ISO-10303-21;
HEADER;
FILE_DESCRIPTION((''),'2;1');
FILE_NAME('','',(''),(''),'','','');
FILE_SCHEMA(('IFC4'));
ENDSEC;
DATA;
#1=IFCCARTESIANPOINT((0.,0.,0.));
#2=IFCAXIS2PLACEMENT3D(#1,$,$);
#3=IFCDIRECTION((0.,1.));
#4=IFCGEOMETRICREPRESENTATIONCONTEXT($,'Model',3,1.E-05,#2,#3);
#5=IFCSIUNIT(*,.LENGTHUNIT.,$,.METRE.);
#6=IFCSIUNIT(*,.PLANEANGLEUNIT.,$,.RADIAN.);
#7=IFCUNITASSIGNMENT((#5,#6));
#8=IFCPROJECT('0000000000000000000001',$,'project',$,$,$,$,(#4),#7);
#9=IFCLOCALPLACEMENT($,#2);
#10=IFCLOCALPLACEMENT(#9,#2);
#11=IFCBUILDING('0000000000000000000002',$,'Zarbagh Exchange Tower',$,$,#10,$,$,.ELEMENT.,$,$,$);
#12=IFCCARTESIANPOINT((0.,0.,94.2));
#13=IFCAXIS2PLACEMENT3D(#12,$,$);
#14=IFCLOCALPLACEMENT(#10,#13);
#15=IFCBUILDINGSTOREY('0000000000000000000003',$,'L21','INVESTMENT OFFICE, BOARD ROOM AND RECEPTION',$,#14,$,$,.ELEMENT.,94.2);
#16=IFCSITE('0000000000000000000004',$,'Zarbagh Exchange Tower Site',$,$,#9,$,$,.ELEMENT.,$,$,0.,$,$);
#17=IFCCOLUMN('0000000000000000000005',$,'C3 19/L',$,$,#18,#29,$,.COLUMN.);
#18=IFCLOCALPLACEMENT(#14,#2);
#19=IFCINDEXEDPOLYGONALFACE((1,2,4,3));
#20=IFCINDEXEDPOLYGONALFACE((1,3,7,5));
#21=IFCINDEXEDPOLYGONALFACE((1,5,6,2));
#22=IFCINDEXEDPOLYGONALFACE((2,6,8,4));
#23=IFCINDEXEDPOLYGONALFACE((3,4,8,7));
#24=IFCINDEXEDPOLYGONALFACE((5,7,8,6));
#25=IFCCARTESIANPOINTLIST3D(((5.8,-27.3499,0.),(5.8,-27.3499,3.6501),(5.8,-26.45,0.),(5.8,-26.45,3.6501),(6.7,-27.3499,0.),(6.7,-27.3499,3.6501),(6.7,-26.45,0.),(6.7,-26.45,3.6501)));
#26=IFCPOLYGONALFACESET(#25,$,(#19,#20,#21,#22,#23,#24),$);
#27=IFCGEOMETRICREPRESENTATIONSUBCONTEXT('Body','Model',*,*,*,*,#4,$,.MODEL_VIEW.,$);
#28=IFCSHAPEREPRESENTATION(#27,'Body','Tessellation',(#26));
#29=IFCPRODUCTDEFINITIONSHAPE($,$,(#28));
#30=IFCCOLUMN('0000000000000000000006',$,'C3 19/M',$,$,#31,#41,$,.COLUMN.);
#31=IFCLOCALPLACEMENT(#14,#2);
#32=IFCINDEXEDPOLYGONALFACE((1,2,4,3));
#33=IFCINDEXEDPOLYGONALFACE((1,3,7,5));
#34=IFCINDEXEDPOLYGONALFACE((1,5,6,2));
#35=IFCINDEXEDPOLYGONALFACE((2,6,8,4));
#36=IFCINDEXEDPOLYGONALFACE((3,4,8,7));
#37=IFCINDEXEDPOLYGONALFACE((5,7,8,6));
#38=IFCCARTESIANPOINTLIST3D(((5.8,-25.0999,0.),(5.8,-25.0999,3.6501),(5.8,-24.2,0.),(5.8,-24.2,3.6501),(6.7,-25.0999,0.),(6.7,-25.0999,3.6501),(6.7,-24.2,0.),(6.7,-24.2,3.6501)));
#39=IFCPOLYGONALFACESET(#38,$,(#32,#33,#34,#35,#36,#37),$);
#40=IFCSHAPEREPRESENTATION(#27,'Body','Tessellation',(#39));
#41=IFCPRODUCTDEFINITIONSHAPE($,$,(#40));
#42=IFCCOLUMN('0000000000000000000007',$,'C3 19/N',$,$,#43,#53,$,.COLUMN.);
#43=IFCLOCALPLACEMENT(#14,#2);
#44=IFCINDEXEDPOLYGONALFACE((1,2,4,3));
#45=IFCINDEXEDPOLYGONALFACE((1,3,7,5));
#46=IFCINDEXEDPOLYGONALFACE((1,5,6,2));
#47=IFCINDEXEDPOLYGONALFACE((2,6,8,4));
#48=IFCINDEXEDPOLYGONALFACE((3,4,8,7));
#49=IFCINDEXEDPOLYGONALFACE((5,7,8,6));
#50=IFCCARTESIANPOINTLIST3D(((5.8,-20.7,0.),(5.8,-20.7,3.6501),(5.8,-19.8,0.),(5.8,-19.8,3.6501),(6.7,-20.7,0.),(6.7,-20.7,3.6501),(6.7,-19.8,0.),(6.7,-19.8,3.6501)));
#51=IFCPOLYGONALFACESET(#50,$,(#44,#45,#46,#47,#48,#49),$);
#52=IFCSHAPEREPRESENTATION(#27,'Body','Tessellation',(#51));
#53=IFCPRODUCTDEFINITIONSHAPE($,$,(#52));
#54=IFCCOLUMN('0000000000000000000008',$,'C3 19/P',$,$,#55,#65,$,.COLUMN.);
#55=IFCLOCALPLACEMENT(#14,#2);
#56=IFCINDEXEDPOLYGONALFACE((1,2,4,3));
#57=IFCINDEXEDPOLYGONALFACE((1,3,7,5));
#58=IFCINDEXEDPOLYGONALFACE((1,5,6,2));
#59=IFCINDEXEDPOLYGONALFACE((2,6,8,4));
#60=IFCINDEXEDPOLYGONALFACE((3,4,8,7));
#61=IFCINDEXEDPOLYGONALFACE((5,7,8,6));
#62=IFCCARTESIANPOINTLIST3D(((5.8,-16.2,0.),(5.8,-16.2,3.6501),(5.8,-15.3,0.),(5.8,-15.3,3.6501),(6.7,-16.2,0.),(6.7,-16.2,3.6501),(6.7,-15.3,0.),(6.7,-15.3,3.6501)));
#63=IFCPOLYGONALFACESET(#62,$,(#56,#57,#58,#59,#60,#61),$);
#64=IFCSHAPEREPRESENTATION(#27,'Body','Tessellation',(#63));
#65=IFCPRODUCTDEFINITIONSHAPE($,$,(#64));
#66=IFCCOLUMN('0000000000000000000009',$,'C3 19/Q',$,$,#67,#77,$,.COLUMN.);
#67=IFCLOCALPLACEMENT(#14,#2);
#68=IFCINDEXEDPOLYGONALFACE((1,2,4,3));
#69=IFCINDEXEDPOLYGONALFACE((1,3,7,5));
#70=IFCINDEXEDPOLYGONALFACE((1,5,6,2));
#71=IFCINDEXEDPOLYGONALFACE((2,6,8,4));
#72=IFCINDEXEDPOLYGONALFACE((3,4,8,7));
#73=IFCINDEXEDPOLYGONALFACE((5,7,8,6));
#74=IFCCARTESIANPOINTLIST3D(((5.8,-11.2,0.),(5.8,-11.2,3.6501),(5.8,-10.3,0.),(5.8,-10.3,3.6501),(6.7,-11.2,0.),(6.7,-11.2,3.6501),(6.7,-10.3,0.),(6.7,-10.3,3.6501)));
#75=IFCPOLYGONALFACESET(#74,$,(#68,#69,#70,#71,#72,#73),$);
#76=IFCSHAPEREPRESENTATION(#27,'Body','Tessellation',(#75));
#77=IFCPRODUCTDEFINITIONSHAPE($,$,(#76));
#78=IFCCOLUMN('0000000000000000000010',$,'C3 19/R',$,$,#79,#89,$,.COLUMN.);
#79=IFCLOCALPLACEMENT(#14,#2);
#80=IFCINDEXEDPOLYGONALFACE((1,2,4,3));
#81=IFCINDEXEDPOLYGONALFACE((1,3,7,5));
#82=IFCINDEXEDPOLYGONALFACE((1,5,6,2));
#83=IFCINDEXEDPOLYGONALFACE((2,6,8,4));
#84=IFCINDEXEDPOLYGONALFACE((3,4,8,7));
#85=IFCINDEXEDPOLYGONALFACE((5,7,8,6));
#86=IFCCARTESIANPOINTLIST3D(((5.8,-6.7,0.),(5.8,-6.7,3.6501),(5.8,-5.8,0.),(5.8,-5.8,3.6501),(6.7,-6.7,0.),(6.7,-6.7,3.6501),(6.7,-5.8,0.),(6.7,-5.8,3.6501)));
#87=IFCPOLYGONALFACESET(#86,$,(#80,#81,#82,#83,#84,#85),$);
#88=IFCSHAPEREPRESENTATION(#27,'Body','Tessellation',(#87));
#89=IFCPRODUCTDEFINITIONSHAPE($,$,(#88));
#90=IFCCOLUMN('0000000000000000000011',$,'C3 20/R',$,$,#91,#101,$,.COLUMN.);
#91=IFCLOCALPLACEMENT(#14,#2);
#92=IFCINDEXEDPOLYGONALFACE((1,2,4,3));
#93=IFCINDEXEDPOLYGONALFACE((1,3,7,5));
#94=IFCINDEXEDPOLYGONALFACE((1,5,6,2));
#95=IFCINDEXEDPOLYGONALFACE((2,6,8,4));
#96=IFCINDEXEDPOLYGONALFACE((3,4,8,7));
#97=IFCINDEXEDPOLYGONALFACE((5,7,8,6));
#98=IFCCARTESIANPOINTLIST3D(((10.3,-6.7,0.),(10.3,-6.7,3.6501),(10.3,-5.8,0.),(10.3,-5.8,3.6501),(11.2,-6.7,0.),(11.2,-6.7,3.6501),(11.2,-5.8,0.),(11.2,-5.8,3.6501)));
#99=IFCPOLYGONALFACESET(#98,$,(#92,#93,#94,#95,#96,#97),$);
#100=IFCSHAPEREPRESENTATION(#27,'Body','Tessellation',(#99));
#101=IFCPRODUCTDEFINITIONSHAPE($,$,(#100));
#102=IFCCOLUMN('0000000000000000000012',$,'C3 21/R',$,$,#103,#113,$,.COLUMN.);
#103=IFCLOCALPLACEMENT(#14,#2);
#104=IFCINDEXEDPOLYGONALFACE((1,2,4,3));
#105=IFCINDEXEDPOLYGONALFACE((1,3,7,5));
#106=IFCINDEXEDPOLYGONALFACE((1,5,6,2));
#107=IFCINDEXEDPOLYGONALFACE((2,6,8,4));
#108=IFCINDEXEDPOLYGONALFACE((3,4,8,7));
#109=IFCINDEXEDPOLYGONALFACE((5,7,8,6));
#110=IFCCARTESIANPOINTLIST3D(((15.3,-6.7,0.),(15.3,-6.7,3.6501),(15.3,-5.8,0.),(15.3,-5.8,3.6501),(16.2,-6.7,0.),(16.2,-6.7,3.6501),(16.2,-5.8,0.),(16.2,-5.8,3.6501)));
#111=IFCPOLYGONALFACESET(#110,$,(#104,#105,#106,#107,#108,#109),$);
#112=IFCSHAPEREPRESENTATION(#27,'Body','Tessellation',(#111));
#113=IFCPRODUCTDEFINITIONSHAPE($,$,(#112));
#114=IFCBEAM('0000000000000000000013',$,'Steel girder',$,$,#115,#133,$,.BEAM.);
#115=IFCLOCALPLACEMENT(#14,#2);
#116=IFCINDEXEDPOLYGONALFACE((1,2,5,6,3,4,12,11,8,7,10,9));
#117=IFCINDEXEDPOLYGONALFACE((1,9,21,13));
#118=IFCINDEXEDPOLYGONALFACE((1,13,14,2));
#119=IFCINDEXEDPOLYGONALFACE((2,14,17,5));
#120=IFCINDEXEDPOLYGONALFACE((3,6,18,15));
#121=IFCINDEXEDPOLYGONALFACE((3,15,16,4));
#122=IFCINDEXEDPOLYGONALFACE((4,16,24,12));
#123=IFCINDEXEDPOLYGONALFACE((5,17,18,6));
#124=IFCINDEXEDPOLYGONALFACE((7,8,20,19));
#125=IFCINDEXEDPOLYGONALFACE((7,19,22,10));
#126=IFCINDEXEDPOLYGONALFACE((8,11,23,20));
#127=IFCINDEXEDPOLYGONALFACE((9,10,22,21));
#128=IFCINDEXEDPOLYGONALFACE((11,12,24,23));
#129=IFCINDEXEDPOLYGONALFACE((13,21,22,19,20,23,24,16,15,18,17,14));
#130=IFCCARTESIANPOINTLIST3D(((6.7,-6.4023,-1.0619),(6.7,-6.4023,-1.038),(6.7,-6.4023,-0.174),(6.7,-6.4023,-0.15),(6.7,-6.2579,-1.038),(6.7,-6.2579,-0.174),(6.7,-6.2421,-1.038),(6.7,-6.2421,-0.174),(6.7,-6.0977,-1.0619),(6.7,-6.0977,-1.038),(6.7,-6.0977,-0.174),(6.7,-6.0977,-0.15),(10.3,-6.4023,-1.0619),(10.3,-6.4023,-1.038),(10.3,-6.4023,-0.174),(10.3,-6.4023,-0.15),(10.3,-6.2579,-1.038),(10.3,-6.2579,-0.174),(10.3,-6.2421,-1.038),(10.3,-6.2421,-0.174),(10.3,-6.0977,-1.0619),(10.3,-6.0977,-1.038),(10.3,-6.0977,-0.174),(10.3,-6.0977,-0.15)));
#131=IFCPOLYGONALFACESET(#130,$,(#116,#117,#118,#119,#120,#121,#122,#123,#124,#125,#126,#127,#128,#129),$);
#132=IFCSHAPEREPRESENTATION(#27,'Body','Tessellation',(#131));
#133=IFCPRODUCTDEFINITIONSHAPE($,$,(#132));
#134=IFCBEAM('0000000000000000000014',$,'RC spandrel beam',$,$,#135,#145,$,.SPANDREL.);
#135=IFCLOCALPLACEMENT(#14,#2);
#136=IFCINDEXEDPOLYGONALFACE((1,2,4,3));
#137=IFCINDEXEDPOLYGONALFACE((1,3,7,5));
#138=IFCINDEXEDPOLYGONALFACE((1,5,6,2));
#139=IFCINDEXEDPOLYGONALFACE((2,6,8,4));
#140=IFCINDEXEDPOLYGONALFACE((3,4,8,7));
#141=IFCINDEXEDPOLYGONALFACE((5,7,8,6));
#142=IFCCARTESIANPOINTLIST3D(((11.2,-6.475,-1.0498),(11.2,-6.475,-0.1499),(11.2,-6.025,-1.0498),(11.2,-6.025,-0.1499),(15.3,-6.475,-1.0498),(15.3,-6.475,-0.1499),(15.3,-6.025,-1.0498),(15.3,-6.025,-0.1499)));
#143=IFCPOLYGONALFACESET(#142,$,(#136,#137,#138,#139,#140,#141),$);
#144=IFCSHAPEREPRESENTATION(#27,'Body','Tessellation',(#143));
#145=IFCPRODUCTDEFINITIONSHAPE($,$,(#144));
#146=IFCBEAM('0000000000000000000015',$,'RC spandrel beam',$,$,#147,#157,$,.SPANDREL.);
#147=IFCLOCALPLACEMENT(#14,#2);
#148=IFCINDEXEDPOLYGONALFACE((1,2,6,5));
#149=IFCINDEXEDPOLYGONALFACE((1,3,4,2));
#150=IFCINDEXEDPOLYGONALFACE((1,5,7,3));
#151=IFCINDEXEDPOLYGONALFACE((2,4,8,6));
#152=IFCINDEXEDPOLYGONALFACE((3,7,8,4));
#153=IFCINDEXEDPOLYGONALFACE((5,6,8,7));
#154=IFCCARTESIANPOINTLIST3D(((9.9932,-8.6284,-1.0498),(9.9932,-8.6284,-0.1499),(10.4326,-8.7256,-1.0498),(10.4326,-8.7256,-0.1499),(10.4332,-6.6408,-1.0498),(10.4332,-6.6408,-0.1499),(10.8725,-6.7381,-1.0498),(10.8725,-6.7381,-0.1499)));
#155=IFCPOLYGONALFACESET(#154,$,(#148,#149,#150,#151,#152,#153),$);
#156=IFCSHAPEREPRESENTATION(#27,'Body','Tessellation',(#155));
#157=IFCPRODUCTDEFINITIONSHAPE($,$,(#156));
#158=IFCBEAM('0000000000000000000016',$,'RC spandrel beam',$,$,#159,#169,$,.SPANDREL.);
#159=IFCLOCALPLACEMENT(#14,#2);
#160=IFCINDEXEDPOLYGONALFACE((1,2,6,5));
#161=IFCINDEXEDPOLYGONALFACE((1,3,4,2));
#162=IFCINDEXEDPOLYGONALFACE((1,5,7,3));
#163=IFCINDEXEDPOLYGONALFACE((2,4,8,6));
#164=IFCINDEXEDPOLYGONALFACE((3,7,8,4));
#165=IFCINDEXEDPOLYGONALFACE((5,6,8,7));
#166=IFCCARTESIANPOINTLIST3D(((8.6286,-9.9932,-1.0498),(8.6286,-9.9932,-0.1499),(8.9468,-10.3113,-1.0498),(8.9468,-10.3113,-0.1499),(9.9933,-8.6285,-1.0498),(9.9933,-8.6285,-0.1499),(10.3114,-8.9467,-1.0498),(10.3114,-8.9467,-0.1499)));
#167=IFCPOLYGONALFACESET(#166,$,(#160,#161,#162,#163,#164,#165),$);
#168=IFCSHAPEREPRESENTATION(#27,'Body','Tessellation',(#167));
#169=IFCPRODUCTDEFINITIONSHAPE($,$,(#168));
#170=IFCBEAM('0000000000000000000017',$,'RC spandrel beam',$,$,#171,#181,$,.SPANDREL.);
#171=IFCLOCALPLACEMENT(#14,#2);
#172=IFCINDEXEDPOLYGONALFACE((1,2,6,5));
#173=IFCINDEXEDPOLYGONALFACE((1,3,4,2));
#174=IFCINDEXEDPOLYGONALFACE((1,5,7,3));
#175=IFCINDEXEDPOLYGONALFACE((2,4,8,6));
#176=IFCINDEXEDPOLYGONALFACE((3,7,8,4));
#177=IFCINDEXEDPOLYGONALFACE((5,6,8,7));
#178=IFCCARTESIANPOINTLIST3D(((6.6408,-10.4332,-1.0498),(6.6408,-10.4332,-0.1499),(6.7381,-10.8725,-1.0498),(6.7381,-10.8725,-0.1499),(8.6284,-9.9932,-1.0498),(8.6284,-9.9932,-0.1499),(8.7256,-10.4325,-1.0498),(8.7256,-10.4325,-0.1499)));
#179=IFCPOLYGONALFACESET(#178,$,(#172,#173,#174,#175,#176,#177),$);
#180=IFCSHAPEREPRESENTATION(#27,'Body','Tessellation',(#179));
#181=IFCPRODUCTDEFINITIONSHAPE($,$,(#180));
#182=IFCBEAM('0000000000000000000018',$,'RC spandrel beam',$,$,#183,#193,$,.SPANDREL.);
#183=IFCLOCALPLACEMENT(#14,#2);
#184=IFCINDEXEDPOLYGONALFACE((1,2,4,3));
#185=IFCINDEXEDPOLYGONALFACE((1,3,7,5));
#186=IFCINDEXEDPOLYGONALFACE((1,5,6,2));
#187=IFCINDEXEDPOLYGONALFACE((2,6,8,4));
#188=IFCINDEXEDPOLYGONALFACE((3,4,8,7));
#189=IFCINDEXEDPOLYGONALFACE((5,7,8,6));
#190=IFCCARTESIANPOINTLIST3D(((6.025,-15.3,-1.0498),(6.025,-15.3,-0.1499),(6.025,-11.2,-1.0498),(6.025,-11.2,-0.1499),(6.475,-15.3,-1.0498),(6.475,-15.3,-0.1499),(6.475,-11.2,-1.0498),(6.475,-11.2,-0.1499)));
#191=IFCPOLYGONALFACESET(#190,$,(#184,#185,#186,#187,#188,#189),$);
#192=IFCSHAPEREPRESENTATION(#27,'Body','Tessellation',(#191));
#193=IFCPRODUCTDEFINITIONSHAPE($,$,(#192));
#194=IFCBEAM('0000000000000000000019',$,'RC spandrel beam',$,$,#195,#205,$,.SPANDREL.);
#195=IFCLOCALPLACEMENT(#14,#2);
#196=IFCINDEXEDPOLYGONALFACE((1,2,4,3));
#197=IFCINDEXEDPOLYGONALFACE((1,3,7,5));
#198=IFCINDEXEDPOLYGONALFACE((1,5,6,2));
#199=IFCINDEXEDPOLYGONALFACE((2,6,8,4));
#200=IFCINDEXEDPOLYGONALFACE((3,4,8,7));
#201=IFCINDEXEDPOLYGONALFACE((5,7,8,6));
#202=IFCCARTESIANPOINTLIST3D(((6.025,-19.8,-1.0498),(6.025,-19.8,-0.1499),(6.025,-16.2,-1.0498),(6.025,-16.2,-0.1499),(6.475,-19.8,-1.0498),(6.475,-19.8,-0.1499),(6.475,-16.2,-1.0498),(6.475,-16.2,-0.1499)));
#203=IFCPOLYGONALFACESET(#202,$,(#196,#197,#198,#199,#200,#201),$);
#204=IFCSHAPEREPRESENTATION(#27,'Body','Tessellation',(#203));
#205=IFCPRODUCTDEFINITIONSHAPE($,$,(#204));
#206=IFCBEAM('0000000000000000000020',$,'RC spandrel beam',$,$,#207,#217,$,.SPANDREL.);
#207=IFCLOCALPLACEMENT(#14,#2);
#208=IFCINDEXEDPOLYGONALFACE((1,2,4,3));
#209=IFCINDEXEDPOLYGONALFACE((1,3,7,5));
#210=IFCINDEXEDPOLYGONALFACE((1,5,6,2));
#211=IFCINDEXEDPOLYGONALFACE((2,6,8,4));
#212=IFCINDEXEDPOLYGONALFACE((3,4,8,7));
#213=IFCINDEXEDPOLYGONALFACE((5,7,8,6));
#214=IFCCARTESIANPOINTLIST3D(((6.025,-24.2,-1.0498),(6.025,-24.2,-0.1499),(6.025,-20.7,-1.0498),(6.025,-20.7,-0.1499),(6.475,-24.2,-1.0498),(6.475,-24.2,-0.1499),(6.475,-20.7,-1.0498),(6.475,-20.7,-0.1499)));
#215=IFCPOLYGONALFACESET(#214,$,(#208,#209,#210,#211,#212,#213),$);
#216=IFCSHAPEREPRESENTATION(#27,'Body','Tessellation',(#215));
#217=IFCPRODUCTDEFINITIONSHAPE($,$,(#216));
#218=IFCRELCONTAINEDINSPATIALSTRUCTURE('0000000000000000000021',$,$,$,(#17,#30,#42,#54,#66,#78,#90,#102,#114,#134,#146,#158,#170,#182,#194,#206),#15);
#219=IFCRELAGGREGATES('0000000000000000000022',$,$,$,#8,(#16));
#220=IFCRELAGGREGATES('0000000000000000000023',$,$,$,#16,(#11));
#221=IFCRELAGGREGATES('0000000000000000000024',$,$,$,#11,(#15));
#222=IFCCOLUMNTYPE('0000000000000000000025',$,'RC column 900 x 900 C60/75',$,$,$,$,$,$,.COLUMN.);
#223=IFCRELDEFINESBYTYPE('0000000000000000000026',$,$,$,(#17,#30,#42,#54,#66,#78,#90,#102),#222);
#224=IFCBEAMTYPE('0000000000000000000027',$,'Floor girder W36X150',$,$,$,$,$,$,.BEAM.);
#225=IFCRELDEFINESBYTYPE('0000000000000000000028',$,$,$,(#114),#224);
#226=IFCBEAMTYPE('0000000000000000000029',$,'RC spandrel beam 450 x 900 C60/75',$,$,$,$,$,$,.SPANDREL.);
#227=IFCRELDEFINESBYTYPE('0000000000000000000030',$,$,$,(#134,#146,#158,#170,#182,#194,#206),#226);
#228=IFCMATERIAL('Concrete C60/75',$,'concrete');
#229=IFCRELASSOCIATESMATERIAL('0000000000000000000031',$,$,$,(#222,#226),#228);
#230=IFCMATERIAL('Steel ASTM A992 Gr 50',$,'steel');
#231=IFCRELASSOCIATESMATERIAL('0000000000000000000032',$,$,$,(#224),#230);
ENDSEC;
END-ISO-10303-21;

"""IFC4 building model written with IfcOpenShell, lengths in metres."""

from ifc_helpers import new_model, si_unit, direction, frame, origin, origin_2d, place, context, subcontext, project, spatial, rectangle, i_section, extrude, material, material_profile, profile_set, type_object, element, save


model = new_model("IFC4")

# Units and contexts
model_context = context("Model", 3, precision=1e-05, world=origin(), true_north=direction((0.0, 1.0)))
body_context = subcontext(model_context, "Body", "Model", "MODEL_VIEW")
ifc_project = project(units=[si_unit("LENGTHUNIT", "METRE"), si_unit("PLANEANGLEUNIT", "RADIAN")], contexts=[model_context])

# Site, building, storey
site_placement = place(None, origin())
site = spatial("IfcSite", under=ifc_project, at=site_placement, Name="Zarbagh Exchange Tower Site", CompositionType="ELEMENT", RefElevation=0.0)
building_placement = place(site_placement, origin())
building = spatial("IfcBuilding", under=site, at=building_placement, Name="Zarbagh Exchange Tower", CompositionType="ELEMENT")
storey_placement = place(building_placement, frame((0.0, 0.0, 94.2)))
storey = spatial("IfcBuildingStorey", under=building, at=storey_placement, Name="L21", Description="INVESTMENT OFFICE, BOARD ROOM AND RECEPTION", CompositionType="ELEMENT", Elevation=94.2)

# Columns
ifc_material_1 = material(Name="Concrete C60/75", Category="concrete")
ifc_material_profile_1 = material_profile(ifc_material_1, rectangle(XDim=0.8999, YDim=0.8999, at=origin_2d()), Name="RC column 900 x 900 C60/75")
ifc_profile_set_1 = profile_set([ifc_material_profile_1], Name="Concrete C60/75")
column_type = type_object("IfcColumnType", Name="RC column 900 x 900 C60/75", PredefinedType="COLUMN", material=ifc_profile_set_1)
for number, where, z_axis, x_axis, name in (
    (1, (6.25, -26.8999, 0.0), (0.0, 0.0, 1.0), (1.0, 0.0, 0.0), "C3 19/L"),
    (2, (6.25, -24.6499, 0.0), (0.0, 0.0, 1.0), (1.0, 0.0, 0.0), "C3 19/M"),
    (3, (6.25, -20.25, 0.0), (0.0, 0.0, 1.0), (1.0, 0.0, 0.0), "C3 19/N"),
    (4, (6.25, -15.75, 0.0), (0.0, 0.0, 1.0), (1.0, 0.0, 0.0), "C3 19/P"),
    (5, (6.25, -10.75, 0.0), (0.0, 0.0, 1.0), (1.0, 0.0, 0.0), "C3 19/Q"),
    (6, (6.25, -6.25, 0.0), (0.0, 0.0, 1.0), (1.0, 0.0, 0.0), "C3 19/R"),
    (7, (10.75, -6.25, 0.0), (0.0, 0.0, 1.0), (1.0, 0.0, 0.0), "C3 20/R"),
    (8, (15.75, -6.25, 0.0), (0.0, 0.0, 1.0), (1.0, 0.0, 0.0), "C3 21/R"),
):
    element("IfcColumn", number, at=place(storey_placement, frame(where, z_axis=z_axis, x_axis=x_axis)), inside=storey, type_object=column_type, Name=name, PredefinedType="COLUMN", context=body_context, shape_type="SweptSolid", body=[
        extrude(rectangle(XDim=0.8999, YDim=0.8999, at=origin_2d()), origin(), (0.0, 0.0, 1.0), 3.6501),
    ])

# Beams
ifc_material_2 = material(Name="Steel ASTM A992 Gr 50", Category="steel")
ifc_material_profile_2 = material_profile(ifc_material_2, i_section(OverallWidth=0.3047, OverallDepth=0.9119, WebThickness=0.0159, FlangeThickness=0.0239, at=origin_2d()), Name="W36X150")
ifc_profile_set_2 = profile_set([ifc_material_profile_2], Name="Steel ASTM A992 Gr 50")
beam_type_1 = type_object("IfcBeamType", Name="Floor girder W36X150", PredefinedType="BEAM", material=ifc_profile_set_2)
beam_1_placement = place(storey_placement, frame((6.7, -6.25, -0.606), z_axis=(1.0, 0.0, 0.0), x_axis=(0.0, 1.0, 0.0)))
element("IfcBeam", 9, at=beam_1_placement, inside=storey, type_object=beam_type_1, Name="Steel girder", PredefinedType="BEAM", context=body_context, shape_type="SweptSolid", body=[
    extrude(i_section(OverallWidth=0.3047, OverallDepth=0.9119, WebThickness=0.0159, FlangeThickness=0.0239, at=origin_2d()), origin(), (0.0, 0.0, 1.0), 3.6001),
])
ifc_material_profile_3 = material_profile(ifc_material_1, rectangle(XDim=0.45, YDim=0.8999, at=origin_2d()), Name="RC spandrel beam 450 x 900 C60/75")
ifc_profile_set_3 = profile_set([ifc_material_profile_3], Name="Concrete C60/75")
beam_type_2 = type_object("IfcBeamType", Name="RC spandrel beam 450 x 900 C60/75", PredefinedType="SPANDREL", material=ifc_profile_set_3)
beam_2_placement = place(storey_placement, frame((15.3, -6.25, -0.5999), z_axis=(-1.0, 0.0, 0.0), x_axis=(0.0, -1.0, 0.0)))
element("IfcBeam", 10, at=beam_2_placement, inside=storey, type_object=beam_type_2, Name="RC spandrel beam", PredefinedType="SPANDREL", context=body_context, shape_type="SweptSolid", body=[
    extrude(rectangle(XDim=0.45, YDim=0.8999, at=origin_2d()), origin(), (0.0, 0.0, 1.0), 4.1001),
])
beam_3_placement = place(storey_placement, frame((10.6528, -6.6895, -0.5999), z_axis=(-0.216118, -0.976367, 0.0), x_axis=(0.976367, -0.216118, 0.0)))
element("IfcBeam", 11, at=beam_3_placement, inside=storey, type_object=beam_type_2, Name="RC spandrel beam", PredefinedType="SPANDREL", context=body_context, shape_type="SweptSolid", body=[
    extrude(rectangle(XDim=0.45, YDim=0.8999, at=origin_2d()), origin(), (0.0, 0.0, 1.0), 2.0356),
])
beam_4_placement = place(storey_placement, frame((10.1523, -8.7876, -0.5999), z_axis=(-0.707107, -0.707107, 0.0), x_axis=(0.707107, -0.707107, 0.0)))
element("IfcBeam", 12, at=beam_4_placement, inside=storey, type_object=beam_type_2, Name="RC spandrel beam", PredefinedType="SPANDREL", context=body_context, shape_type="SweptSolid", body=[
    extrude(rectangle(XDim=0.45, YDim=0.8999, at=origin_2d()), origin(), (0.0, 0.0, 1.0), 1.9299),
])
beam_5_placement = place(storey_placement, frame((8.677, -10.2129, -0.5999), z_axis=(-0.976367, -0.216118, 0.0), x_axis=(0.216118, -0.976367, 0.0)))
element("IfcBeam", 13, at=beam_5_placement, inside=storey, type_object=beam_type_2, Name="RC spandrel beam", PredefinedType="SPANDREL", context=body_context, shape_type="SweptSolid", body=[
    extrude(rectangle(XDim=0.45, YDim=0.8999, at=origin_2d()), origin(), (0.0, 0.0, 1.0), 2.0356),
])
beam_6_placement = place(storey_placement, frame((6.25, -11.2, -0.5999), z_axis=(0.0, -1.0, 0.0), x_axis=(1.0, 0.0, 0.0)))
element("IfcBeam", 14, at=beam_6_placement, inside=storey, type_object=beam_type_2, Name="RC spandrel beam", PredefinedType="SPANDREL", context=body_context, shape_type="SweptSolid", body=[
    extrude(rectangle(XDim=0.45, YDim=0.8999, at=origin_2d()), origin(), (0.0, 0.0, 1.0), 4.1001),
])
beam_7_placement = place(storey_placement, frame((6.25, -16.2, -0.5999), z_axis=(0.0, -1.0, 0.0), x_axis=(1.0, 0.0, 0.0)))
element("IfcBeam", 15, at=beam_7_placement, inside=storey, type_object=beam_type_2, Name="RC spandrel beam", PredefinedType="SPANDREL", context=body_context, shape_type="SweptSolid", body=[
    extrude(rectangle(XDim=0.45, YDim=0.8999, at=origin_2d()), origin(), (0.0, 0.0, 1.0), 3.6001),
])
beam_8_placement = place(storey_placement, frame((6.25, -20.7, -0.5999), z_axis=(0.0, -1.0, 0.0), x_axis=(1.0, 0.0, 0.0)))
element("IfcBeam", 16, at=beam_8_placement, inside=storey, type_object=beam_type_2, Name="RC spandrel beam", PredefinedType="SPANDREL", context=body_context, shape_type="SweptSolid", body=[
    extrude(rectangle(XDim=0.45, YDim=0.8999, at=origin_2d()), origin(), (0.0, 0.0, 1.0), 3.5),
])

save(model, "model.ifc")
